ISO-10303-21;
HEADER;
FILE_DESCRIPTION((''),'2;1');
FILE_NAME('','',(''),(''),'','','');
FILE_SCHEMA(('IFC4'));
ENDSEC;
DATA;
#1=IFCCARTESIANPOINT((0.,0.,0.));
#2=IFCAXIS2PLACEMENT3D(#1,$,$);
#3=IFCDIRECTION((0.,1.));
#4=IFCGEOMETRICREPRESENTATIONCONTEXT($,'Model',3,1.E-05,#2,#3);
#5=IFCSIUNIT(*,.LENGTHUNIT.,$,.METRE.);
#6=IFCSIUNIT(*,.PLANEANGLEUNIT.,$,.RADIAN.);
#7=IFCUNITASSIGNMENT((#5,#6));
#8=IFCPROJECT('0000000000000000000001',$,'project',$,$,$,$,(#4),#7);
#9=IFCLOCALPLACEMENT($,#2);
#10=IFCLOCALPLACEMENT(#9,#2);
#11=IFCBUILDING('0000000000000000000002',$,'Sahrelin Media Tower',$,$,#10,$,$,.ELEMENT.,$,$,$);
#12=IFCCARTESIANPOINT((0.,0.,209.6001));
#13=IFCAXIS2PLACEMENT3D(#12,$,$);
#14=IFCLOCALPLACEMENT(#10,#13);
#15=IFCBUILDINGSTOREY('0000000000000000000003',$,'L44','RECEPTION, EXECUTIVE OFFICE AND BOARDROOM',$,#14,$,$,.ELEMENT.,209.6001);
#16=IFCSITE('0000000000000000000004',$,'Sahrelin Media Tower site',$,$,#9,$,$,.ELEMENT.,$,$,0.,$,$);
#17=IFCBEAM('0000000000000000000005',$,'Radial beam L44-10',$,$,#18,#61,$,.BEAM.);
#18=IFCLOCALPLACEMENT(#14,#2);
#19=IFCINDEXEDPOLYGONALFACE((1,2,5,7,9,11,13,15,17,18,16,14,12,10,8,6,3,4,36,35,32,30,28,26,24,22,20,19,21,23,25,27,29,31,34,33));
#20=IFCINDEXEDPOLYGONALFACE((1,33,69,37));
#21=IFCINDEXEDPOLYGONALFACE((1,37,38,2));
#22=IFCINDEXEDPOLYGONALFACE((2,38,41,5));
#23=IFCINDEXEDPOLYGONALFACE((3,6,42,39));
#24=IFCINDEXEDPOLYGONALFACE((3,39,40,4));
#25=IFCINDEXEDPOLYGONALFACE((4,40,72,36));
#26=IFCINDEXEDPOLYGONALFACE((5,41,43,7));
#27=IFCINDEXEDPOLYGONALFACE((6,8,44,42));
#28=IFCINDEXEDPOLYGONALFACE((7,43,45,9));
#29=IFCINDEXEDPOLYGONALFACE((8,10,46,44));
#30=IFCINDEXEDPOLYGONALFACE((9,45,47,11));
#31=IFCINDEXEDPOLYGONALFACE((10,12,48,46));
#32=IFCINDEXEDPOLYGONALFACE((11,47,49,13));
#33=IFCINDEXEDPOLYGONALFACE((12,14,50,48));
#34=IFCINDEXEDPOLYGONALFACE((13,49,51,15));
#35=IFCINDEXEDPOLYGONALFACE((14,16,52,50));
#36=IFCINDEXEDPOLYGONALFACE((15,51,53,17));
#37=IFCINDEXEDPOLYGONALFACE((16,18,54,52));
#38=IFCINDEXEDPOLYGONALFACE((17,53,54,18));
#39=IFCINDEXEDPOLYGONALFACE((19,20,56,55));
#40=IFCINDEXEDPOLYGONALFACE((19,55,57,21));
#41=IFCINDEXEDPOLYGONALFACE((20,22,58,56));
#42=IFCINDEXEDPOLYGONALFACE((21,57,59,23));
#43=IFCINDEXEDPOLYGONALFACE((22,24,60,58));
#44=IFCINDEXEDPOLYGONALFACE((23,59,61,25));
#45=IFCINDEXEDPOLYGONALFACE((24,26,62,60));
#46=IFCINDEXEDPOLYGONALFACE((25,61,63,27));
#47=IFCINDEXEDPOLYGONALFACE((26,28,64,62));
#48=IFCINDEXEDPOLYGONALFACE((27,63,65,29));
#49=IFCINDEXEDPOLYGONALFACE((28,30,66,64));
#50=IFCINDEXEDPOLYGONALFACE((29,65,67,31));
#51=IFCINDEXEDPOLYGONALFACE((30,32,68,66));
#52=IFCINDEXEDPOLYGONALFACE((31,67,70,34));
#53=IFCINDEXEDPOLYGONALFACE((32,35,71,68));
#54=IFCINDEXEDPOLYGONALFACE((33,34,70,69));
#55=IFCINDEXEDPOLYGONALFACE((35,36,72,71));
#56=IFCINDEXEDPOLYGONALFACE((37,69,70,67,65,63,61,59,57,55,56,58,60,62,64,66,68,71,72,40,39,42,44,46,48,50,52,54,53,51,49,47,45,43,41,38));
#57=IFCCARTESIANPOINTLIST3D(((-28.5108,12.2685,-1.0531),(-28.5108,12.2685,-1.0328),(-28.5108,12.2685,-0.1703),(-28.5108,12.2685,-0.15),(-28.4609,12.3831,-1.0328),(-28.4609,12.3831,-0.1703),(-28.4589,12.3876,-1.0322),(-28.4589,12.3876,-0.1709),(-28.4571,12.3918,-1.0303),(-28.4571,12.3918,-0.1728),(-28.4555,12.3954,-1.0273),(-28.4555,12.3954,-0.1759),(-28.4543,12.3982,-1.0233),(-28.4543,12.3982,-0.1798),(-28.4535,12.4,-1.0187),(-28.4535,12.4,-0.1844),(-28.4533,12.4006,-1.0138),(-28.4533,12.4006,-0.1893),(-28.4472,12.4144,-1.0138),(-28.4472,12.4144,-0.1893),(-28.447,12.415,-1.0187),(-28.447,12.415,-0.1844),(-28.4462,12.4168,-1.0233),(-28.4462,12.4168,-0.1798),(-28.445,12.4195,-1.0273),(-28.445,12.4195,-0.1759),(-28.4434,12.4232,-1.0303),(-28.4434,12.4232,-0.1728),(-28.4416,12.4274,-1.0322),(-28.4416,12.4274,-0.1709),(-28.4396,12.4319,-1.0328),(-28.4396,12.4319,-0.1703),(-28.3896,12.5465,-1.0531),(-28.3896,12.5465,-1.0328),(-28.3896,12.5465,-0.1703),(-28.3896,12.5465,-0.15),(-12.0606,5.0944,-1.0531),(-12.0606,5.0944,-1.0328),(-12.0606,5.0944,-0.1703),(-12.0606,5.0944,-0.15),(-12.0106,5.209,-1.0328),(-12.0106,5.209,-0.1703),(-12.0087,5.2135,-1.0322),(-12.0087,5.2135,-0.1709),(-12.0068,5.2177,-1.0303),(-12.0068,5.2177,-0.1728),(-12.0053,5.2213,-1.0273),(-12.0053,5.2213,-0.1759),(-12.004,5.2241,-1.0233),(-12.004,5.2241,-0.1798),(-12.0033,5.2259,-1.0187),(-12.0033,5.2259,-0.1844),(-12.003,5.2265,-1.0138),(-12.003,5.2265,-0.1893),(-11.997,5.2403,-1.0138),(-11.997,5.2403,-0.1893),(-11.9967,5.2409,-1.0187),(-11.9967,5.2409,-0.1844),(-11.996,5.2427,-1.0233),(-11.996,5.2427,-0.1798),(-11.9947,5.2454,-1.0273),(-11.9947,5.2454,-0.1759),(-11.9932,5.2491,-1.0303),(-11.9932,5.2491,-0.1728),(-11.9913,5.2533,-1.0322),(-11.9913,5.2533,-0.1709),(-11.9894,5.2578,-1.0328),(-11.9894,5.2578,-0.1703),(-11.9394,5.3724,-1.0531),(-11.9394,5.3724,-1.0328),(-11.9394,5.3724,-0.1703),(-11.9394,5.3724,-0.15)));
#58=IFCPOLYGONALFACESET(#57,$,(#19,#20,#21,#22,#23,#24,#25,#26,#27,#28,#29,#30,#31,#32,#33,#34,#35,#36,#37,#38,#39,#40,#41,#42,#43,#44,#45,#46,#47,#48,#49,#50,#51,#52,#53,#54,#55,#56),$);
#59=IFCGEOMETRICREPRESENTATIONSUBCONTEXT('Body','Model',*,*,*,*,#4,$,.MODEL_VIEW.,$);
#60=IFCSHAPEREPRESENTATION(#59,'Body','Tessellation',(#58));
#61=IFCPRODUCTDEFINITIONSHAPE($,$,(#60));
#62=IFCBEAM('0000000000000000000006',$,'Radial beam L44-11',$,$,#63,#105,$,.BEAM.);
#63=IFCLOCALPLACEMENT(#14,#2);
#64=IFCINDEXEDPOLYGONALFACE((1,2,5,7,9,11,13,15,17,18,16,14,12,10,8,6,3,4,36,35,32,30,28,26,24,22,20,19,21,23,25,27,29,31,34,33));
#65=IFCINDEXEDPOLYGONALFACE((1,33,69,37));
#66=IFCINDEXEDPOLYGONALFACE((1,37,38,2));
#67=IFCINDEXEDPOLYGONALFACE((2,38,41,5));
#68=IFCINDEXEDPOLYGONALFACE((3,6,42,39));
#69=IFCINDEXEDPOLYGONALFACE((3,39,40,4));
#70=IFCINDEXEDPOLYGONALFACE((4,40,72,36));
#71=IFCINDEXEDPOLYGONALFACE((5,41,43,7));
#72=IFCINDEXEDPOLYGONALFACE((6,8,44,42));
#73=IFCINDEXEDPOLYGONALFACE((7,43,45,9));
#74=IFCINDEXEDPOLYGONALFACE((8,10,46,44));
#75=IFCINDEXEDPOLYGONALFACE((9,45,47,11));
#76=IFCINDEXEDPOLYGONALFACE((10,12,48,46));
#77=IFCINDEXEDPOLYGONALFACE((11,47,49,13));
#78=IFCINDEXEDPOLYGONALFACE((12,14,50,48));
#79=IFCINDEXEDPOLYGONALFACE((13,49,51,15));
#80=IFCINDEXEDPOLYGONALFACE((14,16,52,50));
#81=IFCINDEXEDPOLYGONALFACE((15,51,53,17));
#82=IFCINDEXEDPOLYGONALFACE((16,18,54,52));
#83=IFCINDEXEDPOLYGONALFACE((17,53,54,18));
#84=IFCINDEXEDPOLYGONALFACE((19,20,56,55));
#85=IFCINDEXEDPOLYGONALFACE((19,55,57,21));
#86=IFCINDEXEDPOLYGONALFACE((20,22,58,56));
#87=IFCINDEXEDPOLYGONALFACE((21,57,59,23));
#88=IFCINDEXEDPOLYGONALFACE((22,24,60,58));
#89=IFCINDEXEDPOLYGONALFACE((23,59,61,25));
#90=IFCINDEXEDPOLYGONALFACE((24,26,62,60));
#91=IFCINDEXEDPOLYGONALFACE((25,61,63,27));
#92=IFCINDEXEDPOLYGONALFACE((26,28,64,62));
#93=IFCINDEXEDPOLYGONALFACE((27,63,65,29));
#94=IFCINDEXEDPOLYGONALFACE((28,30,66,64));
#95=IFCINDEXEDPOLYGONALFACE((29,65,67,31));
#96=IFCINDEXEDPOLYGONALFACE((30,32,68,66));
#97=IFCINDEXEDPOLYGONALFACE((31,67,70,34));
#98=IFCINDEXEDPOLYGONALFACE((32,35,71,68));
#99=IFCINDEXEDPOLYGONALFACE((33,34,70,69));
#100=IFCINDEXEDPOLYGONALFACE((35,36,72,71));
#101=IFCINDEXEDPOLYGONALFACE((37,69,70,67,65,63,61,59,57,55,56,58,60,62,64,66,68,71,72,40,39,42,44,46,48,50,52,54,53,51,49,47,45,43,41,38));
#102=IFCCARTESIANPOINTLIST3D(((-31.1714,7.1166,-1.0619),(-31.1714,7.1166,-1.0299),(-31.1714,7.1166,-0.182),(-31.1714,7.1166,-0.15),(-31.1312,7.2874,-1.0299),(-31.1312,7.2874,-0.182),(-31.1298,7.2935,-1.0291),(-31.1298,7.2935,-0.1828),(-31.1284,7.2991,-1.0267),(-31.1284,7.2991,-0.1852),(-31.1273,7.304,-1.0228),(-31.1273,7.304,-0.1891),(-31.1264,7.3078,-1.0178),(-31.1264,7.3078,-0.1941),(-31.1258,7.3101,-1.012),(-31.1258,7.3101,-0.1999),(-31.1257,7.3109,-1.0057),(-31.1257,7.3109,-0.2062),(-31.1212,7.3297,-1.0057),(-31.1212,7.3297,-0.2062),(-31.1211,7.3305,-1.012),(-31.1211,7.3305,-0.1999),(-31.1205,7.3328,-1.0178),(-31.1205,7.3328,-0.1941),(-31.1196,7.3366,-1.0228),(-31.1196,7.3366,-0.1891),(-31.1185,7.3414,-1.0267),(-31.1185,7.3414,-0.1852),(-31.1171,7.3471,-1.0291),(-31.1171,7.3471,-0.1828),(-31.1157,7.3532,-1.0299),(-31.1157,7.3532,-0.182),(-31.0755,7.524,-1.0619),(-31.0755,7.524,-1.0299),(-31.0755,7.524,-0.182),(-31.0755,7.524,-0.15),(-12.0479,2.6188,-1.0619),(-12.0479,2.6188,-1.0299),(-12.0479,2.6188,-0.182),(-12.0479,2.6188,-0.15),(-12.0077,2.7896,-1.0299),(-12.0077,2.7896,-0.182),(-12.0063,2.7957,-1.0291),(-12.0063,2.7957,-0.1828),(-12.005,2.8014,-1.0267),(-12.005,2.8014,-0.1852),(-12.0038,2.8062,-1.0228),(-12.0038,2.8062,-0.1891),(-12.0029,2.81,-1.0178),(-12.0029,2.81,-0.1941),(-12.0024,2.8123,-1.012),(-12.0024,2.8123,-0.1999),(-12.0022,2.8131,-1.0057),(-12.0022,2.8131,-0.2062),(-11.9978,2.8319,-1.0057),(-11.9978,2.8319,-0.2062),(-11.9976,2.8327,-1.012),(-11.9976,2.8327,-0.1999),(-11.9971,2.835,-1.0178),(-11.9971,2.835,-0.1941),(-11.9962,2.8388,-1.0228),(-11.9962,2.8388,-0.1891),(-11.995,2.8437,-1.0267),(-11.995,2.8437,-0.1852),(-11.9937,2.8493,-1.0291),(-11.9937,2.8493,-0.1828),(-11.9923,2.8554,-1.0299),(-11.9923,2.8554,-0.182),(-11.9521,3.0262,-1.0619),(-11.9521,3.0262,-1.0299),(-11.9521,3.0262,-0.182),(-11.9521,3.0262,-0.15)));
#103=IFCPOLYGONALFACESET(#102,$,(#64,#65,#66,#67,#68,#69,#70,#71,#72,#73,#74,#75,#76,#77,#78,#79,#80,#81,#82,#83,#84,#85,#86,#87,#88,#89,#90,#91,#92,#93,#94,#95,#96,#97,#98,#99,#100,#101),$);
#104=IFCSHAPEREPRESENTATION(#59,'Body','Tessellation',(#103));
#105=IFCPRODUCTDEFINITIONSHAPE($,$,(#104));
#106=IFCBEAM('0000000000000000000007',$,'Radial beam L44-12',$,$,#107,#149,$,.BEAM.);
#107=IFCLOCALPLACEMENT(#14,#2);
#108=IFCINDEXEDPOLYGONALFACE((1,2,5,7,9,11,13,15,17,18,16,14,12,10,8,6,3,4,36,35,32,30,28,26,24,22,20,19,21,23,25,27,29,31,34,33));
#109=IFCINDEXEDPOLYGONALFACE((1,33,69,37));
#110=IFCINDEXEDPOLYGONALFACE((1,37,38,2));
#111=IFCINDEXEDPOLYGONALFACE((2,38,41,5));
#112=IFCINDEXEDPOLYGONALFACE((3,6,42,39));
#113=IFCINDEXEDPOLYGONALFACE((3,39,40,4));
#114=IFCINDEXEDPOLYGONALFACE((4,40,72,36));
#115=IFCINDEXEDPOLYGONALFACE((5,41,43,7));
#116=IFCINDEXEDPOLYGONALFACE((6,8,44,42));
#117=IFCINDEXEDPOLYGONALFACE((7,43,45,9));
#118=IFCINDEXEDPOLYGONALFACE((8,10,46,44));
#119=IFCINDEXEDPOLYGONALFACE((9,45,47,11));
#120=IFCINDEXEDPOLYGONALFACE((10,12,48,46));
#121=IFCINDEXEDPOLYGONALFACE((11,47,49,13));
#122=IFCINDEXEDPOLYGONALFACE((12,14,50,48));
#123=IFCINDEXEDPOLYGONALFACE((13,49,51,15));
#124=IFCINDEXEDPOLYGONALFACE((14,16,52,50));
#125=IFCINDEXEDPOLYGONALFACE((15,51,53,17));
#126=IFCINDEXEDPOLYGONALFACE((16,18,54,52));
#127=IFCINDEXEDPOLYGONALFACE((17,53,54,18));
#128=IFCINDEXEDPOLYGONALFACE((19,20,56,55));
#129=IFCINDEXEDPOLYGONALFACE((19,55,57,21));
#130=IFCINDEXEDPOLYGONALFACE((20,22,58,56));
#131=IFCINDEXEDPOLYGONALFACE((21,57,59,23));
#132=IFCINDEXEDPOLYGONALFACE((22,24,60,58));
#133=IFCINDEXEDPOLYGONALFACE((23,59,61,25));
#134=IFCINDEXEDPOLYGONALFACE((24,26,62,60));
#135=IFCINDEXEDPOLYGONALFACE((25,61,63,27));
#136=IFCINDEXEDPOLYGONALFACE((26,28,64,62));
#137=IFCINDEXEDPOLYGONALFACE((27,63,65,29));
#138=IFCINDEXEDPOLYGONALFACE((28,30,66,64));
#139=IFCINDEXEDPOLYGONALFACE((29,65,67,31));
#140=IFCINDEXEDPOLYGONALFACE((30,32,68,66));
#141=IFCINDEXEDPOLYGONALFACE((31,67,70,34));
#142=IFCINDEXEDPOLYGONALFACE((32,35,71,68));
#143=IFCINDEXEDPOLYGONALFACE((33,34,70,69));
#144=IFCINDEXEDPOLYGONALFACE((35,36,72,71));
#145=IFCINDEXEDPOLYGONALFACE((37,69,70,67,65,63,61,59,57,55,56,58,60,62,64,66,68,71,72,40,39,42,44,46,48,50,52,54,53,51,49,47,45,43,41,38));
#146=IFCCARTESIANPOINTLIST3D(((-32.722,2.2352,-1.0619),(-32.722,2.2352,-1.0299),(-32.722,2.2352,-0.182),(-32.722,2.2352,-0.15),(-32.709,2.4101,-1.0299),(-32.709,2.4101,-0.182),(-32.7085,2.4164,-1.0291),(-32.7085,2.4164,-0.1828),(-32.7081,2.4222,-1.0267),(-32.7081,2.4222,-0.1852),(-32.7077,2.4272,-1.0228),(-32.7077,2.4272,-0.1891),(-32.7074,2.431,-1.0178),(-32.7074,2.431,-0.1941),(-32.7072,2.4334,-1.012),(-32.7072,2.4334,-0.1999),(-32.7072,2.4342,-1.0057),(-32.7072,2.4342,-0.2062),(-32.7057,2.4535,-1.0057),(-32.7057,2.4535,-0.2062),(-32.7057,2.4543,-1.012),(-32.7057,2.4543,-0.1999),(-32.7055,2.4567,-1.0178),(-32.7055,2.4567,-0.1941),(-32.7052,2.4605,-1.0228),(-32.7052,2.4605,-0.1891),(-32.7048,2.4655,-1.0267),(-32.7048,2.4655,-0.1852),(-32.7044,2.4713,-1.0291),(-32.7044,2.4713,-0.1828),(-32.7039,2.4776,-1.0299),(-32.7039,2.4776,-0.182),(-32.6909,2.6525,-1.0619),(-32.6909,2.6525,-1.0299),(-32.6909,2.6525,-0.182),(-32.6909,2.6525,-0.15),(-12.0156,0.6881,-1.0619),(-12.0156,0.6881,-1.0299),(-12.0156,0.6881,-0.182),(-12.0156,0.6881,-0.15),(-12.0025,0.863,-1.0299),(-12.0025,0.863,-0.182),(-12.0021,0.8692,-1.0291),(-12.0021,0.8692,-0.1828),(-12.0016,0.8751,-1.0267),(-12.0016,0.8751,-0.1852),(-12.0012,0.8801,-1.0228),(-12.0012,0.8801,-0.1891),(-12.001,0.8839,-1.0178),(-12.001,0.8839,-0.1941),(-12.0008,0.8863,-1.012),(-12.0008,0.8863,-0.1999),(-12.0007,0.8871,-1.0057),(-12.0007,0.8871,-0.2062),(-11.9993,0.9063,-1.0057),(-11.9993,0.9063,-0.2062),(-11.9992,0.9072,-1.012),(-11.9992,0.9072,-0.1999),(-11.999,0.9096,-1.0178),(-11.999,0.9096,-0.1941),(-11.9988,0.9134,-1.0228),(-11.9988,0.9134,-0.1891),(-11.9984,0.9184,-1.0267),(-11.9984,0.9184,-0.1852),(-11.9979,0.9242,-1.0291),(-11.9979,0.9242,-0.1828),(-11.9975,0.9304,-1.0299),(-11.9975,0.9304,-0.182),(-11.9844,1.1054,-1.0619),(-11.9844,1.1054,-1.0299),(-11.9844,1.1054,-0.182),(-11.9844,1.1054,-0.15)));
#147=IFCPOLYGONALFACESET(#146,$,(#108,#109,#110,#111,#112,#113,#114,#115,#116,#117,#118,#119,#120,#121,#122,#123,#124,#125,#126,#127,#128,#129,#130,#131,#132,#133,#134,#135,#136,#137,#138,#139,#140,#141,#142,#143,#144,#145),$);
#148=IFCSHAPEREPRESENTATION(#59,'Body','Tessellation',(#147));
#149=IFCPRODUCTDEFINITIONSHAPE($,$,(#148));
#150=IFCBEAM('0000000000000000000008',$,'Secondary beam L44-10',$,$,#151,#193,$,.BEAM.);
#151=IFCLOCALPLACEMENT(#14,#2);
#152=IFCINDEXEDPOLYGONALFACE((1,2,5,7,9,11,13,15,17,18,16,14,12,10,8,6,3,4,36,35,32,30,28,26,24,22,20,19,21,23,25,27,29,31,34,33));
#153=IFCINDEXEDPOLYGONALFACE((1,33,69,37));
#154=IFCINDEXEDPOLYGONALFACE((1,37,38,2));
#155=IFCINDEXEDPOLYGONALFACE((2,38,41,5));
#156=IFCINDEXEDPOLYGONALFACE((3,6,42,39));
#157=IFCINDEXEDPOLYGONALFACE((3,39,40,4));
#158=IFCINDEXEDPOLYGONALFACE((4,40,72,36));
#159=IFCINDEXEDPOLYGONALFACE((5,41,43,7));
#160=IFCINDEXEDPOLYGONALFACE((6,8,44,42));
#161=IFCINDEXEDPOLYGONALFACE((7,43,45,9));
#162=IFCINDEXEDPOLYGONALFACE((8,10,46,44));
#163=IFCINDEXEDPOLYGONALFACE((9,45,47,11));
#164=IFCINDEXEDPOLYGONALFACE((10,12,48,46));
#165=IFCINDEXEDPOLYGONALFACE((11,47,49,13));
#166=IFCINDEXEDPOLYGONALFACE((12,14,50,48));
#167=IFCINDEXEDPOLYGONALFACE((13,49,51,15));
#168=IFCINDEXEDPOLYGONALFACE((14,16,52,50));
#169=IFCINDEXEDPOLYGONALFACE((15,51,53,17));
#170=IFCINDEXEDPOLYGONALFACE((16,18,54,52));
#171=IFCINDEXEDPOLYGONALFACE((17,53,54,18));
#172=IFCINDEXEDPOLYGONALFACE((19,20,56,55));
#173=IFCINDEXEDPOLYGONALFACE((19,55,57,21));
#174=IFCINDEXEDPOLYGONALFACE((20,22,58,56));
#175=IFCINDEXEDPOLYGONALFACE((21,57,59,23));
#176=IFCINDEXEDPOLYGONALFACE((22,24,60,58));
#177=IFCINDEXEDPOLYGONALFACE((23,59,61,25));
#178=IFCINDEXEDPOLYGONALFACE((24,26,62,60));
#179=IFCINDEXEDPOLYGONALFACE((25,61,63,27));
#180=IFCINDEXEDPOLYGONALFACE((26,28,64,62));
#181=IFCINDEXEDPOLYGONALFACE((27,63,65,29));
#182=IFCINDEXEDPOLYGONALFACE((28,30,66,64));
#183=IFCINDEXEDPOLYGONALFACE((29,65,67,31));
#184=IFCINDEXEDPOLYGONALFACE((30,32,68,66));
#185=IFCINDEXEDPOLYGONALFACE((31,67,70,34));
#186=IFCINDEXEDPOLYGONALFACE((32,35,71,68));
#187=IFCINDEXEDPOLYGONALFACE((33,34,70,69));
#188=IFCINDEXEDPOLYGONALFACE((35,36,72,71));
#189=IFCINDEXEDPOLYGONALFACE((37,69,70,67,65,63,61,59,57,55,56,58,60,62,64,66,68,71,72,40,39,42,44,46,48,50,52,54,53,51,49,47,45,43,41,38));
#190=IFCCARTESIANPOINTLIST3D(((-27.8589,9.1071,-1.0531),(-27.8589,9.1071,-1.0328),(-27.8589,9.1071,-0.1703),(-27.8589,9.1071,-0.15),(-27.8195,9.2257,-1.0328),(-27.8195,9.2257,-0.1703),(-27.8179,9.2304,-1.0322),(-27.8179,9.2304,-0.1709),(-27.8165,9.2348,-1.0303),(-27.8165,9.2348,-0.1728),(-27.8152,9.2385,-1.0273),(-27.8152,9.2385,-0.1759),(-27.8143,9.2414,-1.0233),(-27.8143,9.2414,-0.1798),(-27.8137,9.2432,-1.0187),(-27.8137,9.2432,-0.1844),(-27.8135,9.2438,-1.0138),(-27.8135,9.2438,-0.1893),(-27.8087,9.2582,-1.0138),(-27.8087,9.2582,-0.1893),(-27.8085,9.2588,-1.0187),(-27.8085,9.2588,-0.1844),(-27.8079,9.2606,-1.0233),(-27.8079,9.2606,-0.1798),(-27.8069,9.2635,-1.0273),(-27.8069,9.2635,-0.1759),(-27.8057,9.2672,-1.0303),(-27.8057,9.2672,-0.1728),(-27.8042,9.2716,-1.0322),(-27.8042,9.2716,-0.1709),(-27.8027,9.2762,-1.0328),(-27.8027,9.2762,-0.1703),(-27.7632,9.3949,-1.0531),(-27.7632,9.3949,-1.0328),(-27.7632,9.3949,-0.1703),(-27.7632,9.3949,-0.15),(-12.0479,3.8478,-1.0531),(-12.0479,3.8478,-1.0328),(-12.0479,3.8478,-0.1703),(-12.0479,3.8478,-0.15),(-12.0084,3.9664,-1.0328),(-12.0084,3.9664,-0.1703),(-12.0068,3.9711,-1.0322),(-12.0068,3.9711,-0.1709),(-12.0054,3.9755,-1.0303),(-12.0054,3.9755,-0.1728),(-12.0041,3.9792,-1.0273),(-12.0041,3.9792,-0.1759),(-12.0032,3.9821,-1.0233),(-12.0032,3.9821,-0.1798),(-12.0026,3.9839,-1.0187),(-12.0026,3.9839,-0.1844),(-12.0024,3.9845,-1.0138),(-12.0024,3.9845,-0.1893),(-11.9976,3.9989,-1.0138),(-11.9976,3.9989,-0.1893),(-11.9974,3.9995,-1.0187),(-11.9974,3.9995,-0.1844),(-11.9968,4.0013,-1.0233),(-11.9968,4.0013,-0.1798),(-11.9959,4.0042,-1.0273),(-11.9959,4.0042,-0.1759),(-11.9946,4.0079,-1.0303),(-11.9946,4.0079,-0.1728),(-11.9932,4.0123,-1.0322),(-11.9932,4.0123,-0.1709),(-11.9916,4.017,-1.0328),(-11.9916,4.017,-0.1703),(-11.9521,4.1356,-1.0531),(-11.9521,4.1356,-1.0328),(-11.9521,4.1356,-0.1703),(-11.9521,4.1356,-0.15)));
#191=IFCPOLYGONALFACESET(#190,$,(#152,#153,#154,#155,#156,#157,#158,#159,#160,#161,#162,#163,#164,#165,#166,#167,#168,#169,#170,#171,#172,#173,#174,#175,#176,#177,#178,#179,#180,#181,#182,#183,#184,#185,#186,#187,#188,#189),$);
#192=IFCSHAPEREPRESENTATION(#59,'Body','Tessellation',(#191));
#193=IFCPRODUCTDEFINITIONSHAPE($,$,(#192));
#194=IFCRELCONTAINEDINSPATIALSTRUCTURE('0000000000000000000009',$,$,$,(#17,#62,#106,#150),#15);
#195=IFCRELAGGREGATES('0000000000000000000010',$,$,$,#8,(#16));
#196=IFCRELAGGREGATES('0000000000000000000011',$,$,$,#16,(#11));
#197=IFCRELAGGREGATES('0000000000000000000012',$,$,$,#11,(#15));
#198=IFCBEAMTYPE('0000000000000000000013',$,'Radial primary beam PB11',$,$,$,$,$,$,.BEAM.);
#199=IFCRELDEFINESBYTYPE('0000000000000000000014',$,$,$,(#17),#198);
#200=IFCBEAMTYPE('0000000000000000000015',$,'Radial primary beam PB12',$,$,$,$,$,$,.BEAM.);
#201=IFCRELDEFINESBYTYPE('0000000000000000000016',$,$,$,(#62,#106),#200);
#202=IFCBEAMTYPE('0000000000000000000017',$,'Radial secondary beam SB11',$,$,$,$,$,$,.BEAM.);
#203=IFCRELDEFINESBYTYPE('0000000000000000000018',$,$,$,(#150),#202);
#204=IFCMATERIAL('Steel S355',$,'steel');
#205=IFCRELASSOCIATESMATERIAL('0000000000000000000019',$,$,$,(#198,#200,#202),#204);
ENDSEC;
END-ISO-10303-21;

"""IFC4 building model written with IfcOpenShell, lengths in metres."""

from ifc_helpers import new_model, si_unit, direction, frame, origin, origin_2d, place, context, subcontext, project, spatial, i_section, extrude, material, material_profile, profile_set, type_object, element, save


model = new_model("IFC4")

# Units and contexts
model_context = context("Model", 3, precision=1e-05, world=origin(), true_north=direction((0.0, 1.0)))
body_context = subcontext(model_context, "Body", "Model", "MODEL_VIEW")
ifc_project = project(units=[si_unit("LENGTHUNIT", "METRE"), si_unit("PLANEANGLEUNIT", "RADIAN")], contexts=[model_context])

# Site, building, storey
site_placement = place(None, origin())
site = spatial("IfcSite", under=ifc_project, at=site_placement, Name="Sahrelin Media Tower site", CompositionType="ELEMENT", RefElevation=0.0)
building_placement = place(site_placement, origin())
building = spatial("IfcBuilding", under=site, at=building_placement, Name="Sahrelin Media Tower", CompositionType="ELEMENT")
storey_placement = place(building_placement, frame((0.0, 0.0, 209.6001)))
storey = spatial("IfcBuildingStorey", under=building, at=storey_placement, Name="L44", Description="RECEPTION, EXECUTIVE OFFICE AND BOARDROOM", CompositionType="ELEMENT", Elevation=209.6001)

# Beams
ifc_material_1 = material(Name="Steel S355", Category="steel")
ifc_material_profile_1 = material_profile(ifc_material_1, i_section(OverallWidth=0.3032, OverallDepth=0.9031, WebThickness=0.0151, FlangeThickness=0.0203, FilletRadius=0.019, at=origin_2d()), Name="UB 914x305x201")
ifc_profile_set_1 = profile_set([ifc_material_profile_1], Name="Steel S355")
beam_type_1 = type_object("IfcBeamType", Name="Radial primary beam PB11", PredefinedType="BEAM", material=ifc_profile_set_1)
beam_1_placement = place(storey_placement, frame((-12.0, 5.2334, -0.6016), z_axis=(-0.916625, 0.399748, 0.0), x_axis=(-0.399748, -0.916625, 0.0)))
element("IfcBeam", 1, at=beam_1_placement, inside=storey, type_object=beam_type_1, Name="Radial beam L44-10", PredefinedType="BEAM", context=body_context, shape_type="SweptSolid", body=[
    extrude(i_section(OverallWidth=0.3032, OverallDepth=0.9031, WebThickness=0.0151, FlangeThickness=0.0203, FilletRadius=0.019, at=origin_2d()), origin(), (0.0, 0.0, 1.0), 17.9465),
])
ifc_material_profile_2 = material_profile(ifc_material_1, i_section(OverallWidth=0.4185, OverallDepth=0.9119, WebThickness=0.0193, FlangeThickness=0.032, FilletRadius=0.0242, at=origin_2d()), Name="UB 914x419x343")
ifc_profile_set_2 = profile_set([ifc_material_profile_2], Name="Steel S355")
beam_type_2 = type_object("IfcBeamType", Name="Radial primary beam PB12", PredefinedType="BEAM", material=ifc_profile_set_2)
beam_2_placement = place(storey_placement, frame((-12.0, 2.8225, -0.606), z_axis=(-0.973438, 0.22895, 0.0), x_axis=(-0.22895, -0.973438, 0.0)))
element("IfcBeam", 2, at=beam_2_placement, inside=storey, type_object=beam_type_2, Name="Radial beam L44-11", PredefinedType="BEAM", context=body_context, shape_type="SweptSolid", body=[
    extrude(i_section(OverallWidth=0.4185, OverallDepth=0.9119, WebThickness=0.0193, FlangeThickness=0.032, FilletRadius=0.0242, at=origin_2d()), origin(), (0.0, 0.0, 1.0), 19.6453),
])
beam_3_placement = place(storey_placement, frame((-12.0, 0.8967, -0.606), z_axis=(-0.99722, 0.074509, 0.0), x_axis=(-0.074509, -0.99722, 0.0)))
element("IfcBeam", 3, at=beam_3_placement, inside=storey, type_object=beam_type_2, Name="Radial beam L44-12", PredefinedType="BEAM", context=body_context, shape_type="SweptSolid", body=[
    extrude(i_section(OverallWidth=0.4185, OverallDepth=0.9119, WebThickness=0.0193, FlangeThickness=0.032, FilletRadius=0.0242, at=origin_2d()), origin(), (0.0, 0.0, 1.0), 20.7642),
])
ifc_material_profile_3 = material_profile(ifc_material_1, i_section(OverallWidth=0.3032, OverallDepth=0.9031, WebThickness=0.0151, FlangeThickness=0.0203, FilletRadius=0.019, at=origin_2d()), Name="UB 914x305x201")
ifc_profile_set_3 = profile_set([ifc_material_profile_3], Name="Steel S355")
beam_type_3 = type_object("IfcBeamType", Name="Radial secondary beam SB11", PredefinedType="BEAM", material=ifc_profile_set_3)
beam_4_placement = place(storey_placement, frame((-12.0, 3.9917, -0.6016), z_axis=(-0.948882, 0.31563, 0.0), x_axis=(-0.31563, -0.948882, 0.0)))
element("IfcBeam", 4, at=beam_4_placement, inside=storey, type_object=beam_type_3, Name="Secondary beam L44-10", PredefinedType="BEAM", context=body_context, shape_type="SweptSolid", body=[
    extrude(i_section(OverallWidth=0.3032, OverallDepth=0.9031, WebThickness=0.0151, FlangeThickness=0.0203, FilletRadius=0.019, at=origin_2d()), origin(), (0.0, 0.0, 1.0), 16.6628),
])

save(model, "model.ifc")
